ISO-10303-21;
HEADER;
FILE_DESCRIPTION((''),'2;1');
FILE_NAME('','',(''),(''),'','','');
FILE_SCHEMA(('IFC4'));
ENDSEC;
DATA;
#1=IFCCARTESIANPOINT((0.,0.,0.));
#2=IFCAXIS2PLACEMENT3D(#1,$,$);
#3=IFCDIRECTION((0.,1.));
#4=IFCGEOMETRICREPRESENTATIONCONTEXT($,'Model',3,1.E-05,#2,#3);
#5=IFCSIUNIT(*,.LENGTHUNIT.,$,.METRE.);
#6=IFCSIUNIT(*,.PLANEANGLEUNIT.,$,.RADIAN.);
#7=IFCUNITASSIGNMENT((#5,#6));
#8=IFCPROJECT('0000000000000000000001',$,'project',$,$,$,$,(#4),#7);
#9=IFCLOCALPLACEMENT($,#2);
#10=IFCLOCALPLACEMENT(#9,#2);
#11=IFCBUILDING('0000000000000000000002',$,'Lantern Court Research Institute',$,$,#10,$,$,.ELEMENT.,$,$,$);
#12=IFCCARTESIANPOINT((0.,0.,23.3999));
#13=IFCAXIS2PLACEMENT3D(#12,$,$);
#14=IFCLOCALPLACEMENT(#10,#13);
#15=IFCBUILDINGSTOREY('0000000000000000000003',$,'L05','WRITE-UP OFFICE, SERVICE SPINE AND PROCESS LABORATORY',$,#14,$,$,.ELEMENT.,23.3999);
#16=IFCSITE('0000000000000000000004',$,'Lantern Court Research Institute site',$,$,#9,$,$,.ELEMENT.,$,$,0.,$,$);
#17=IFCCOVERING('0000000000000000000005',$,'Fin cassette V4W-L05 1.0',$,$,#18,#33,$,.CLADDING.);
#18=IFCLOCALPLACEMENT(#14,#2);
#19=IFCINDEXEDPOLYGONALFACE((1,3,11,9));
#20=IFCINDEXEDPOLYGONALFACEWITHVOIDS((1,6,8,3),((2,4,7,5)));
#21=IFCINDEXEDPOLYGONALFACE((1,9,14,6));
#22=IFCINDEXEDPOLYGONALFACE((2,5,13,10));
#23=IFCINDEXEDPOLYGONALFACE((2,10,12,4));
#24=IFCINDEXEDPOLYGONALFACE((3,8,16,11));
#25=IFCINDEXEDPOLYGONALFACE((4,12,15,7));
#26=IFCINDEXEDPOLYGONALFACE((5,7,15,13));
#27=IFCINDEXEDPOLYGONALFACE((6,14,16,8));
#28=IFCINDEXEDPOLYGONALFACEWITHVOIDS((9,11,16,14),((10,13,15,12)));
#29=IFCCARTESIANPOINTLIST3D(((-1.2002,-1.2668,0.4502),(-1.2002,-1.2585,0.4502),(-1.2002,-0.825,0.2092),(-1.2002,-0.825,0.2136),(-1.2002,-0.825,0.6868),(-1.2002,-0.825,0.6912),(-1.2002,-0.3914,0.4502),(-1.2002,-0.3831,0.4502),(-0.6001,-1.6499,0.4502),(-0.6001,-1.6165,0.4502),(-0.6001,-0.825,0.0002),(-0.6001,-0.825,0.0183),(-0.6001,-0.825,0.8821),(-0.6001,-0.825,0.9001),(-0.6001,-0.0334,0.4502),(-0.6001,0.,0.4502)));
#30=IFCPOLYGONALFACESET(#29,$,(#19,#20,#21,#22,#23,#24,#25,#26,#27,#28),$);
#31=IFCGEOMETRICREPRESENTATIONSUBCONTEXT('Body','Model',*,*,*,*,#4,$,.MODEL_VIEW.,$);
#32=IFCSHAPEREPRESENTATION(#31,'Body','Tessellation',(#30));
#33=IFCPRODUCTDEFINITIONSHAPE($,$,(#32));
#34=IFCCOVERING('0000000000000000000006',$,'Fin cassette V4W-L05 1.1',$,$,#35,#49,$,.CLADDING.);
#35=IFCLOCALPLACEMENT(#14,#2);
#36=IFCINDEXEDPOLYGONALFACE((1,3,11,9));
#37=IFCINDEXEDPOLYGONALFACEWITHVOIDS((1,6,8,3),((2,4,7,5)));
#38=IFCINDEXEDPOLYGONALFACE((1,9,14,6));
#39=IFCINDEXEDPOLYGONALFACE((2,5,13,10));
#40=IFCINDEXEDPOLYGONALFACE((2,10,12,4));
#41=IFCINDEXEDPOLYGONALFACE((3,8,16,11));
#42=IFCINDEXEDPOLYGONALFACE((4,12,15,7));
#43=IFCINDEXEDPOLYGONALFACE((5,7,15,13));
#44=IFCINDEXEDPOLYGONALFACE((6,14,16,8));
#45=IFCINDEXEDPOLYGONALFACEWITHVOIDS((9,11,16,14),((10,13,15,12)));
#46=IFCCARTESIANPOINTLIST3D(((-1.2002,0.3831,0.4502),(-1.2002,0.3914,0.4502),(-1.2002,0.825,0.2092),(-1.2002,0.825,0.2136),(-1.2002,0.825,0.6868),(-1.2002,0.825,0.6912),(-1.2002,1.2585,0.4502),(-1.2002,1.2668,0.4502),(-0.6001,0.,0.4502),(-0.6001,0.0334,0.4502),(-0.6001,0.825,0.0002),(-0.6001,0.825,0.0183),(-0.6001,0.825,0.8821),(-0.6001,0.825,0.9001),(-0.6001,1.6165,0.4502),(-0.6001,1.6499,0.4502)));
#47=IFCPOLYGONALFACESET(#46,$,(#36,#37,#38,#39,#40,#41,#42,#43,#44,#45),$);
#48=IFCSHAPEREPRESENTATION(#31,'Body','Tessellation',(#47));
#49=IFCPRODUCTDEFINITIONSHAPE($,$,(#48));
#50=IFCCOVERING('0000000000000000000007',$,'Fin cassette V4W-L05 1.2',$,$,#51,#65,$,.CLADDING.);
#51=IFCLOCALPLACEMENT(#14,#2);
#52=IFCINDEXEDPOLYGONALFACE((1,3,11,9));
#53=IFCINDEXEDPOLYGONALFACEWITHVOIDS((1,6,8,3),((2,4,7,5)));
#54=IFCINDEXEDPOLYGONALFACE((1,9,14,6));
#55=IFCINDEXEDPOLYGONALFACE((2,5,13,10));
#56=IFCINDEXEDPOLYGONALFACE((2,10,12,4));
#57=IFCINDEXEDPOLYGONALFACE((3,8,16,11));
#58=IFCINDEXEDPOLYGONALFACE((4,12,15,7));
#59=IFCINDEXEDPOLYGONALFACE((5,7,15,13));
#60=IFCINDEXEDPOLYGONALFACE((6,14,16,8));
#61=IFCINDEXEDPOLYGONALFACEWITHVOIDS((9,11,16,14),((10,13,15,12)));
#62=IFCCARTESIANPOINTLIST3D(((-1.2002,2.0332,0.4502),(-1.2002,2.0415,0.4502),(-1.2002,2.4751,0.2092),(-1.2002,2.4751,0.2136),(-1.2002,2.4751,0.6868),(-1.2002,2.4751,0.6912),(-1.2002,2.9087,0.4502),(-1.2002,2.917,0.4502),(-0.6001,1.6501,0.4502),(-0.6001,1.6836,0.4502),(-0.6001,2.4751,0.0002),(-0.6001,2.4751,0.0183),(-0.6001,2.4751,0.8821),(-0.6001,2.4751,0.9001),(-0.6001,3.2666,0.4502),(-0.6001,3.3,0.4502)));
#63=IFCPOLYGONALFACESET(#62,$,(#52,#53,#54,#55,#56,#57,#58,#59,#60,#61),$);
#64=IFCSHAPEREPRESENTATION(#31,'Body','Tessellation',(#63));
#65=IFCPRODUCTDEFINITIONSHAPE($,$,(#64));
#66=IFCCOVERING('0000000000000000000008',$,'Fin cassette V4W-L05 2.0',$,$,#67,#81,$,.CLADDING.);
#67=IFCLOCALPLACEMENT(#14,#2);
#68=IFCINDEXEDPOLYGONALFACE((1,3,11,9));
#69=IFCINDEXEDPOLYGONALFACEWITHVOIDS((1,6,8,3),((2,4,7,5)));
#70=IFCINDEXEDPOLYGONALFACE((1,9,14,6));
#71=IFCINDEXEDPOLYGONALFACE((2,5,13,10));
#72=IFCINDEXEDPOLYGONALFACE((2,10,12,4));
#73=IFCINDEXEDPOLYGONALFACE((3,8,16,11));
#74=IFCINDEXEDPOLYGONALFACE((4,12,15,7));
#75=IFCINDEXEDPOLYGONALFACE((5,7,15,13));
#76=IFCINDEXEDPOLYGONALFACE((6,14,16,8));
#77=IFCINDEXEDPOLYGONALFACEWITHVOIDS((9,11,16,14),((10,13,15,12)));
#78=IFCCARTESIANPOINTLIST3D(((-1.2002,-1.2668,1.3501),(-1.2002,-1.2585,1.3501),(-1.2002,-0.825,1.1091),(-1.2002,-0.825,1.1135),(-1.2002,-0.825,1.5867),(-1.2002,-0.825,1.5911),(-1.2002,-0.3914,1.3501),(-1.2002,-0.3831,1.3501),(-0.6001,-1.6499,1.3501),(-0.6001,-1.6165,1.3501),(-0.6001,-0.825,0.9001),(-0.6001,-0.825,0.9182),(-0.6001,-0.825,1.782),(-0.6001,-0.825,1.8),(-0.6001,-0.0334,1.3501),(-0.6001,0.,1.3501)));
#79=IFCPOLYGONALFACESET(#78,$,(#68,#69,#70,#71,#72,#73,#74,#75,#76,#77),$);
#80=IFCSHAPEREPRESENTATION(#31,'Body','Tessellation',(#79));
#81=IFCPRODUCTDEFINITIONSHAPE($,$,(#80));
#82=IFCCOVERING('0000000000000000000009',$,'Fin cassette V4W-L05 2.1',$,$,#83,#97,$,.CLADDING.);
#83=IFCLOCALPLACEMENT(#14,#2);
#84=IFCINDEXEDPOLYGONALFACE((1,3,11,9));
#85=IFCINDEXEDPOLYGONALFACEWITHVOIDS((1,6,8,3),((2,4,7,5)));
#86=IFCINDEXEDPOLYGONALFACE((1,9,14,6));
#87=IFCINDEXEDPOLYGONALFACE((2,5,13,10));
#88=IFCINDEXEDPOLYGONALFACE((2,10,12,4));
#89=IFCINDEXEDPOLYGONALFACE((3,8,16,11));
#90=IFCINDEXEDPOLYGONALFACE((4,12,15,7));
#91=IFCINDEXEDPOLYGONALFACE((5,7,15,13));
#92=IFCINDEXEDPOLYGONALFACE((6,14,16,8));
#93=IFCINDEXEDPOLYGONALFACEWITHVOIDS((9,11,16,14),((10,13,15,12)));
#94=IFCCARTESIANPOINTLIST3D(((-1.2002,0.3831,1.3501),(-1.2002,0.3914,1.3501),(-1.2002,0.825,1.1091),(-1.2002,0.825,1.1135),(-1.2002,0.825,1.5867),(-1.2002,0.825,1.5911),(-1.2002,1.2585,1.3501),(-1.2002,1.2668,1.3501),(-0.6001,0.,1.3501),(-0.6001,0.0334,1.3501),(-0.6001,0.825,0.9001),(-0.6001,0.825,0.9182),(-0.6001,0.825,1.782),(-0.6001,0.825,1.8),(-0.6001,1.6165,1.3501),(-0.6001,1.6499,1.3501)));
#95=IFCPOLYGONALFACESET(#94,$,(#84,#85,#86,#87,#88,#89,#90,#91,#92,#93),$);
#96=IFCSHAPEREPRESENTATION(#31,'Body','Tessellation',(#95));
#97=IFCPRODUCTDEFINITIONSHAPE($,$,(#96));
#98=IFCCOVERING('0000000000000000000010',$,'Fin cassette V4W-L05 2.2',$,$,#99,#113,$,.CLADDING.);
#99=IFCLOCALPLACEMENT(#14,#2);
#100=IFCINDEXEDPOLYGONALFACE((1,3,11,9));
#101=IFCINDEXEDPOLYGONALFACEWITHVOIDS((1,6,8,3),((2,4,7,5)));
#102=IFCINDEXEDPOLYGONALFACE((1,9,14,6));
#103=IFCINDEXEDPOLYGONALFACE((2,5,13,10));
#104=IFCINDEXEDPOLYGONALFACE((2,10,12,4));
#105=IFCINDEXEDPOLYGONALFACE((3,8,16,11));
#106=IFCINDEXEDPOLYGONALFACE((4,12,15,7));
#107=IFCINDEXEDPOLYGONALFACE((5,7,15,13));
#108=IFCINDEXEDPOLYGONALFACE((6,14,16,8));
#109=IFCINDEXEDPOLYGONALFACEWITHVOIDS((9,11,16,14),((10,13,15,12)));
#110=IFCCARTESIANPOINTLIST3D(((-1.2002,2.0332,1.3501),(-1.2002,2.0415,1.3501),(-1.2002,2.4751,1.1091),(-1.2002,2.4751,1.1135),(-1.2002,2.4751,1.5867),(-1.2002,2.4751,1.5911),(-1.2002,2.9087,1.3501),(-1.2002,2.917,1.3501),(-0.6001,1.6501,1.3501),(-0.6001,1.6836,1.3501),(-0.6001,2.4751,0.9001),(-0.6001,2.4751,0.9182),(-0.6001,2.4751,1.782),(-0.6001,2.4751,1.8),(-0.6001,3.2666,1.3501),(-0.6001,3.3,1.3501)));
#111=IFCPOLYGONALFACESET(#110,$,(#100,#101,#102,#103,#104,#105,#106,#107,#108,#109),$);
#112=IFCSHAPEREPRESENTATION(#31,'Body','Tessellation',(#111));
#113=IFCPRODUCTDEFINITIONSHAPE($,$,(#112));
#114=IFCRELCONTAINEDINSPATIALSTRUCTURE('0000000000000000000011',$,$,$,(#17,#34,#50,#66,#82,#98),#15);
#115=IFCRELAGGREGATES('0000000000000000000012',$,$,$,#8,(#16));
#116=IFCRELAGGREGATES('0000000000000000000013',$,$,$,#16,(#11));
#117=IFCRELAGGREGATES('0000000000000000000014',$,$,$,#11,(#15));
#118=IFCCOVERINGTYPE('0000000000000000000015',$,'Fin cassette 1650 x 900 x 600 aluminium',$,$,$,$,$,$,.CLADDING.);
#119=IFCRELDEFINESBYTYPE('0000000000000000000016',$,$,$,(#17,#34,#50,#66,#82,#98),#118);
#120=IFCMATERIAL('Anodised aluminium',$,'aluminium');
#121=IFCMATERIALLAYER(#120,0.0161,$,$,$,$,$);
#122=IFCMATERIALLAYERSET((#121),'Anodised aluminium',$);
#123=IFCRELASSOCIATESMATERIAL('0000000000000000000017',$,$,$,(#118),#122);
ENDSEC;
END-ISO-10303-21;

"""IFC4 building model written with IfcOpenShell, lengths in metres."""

from ifc_helpers import new_model, entity, si_unit, direction, frame, origin, place, context, subcontext, project, spatial, material, layer, layer_set, type_object, element, save


model = new_model("IFC4")

# Units and contexts
model_context = context("Model", 3, precision=1e-05, world=origin(), true_north=direction((0.0, 1.0)))
body_context = subcontext(model_context, "Body", "Model", "MODEL_VIEW")
ifc_project = project(units=[si_unit("LENGTHUNIT", "METRE"), si_unit("PLANEANGLEUNIT", "RADIAN")], contexts=[model_context])

# Site, building, storey
site_placement = place(None, origin())
site = spatial("IfcSite", under=ifc_project, at=site_placement, Name="Lantern Court Research Institute site", CompositionType="ELEMENT", RefElevation=0.0)
building_placement = place(site_placement, origin())
building = spatial("IfcBuilding", under=site, at=building_placement, Name="Lantern Court Research Institute", CompositionType="ELEMENT")
storey_placement = place(building_placement, frame((0.0, 0.0, 23.3999)))
storey = spatial("IfcBuildingStorey", under=building, at=storey_placement, Name="L05", Description="WRITE-UP OFFICE, SERVICE SPINE AND PROCESS LABORATORY", CompositionType="ELEMENT", Elevation=23.3999)

# Coverings
ifc_material_1 = material(Name="Anodised aluminium", Category="aluminium")
ifc_layer_1 = layer(ifc_material_1, 0.0161)
ifc_layer_set_1 = layer_set([ifc_layer_1], Name="Anodised aluminium")
covering_type = type_object("IfcCoveringType", Name="Fin cassette 1650 x 900 x 600 aluminium", PredefinedType="CLADDING", material=ifc_layer_set_1)
covering_1_placement = place(storey_placement, frame((-0.6001, -0.825, 0.4502), z_axis=(-1.0, 0.0, 0.0), x_axis=(0.0, -1.0, 0.0)))
cartesian_point_1 = entity("IfcCartesianPoint", [0.825, 0.0])
cartesian_point_2 = entity("IfcCartesianPoint", [0.7915, 0.0])
cartesian_point_3 = entity("IfcCartesianPoint", [0.4419, 0.0])
cartesian_point_4 = entity("IfcCartesianPoint", [0.4336, 0.0])
element("IfcCovering", 1, at=covering_1_placement, inside=storey, type_object=covering_type, Name="Fin cassette V4W-L05 1.0", PredefinedType="CLADDING", context=body_context, shape_type="SweptSolid", body=[
    entity("IfcExtrudedAreaSolidTapered", entity("IfcArbitraryProfileDefWithVoids", "AREA", None, entity("IfcPolyline", [cartesian_point_1, entity("IfcCartesianPoint", [0.0, 0.45]), entity("IfcCartesianPoint", [-0.825, 0.0]), entity("IfcCartesianPoint", [0.0, -0.45]), cartesian_point_1]), [entity("IfcPolyline", [cartesian_point_2, entity("IfcCartesianPoint", [0.0, 0.4319]), entity("IfcCartesianPoint", [-0.7915, 0.0]), entity("IfcCartesianPoint", [0.0, -0.4319]), cartesian_point_2])]), entity("IfcAxis2Placement3D", entity("IfcCartesianPoint", [0.0, 0.0, 0.0])), entity("IfcDirection", [0.0, 0.0, 1.0]), 0.6001, entity("IfcArbitraryProfileDefWithVoids", "AREA", None, entity("IfcPolyline", [cartesian_point_3, entity("IfcCartesianPoint", [0.0, 0.241]), entity("IfcCartesianPoint", [-0.4419, 0.0]), entity("IfcCartesianPoint", [0.0, -0.241]), cartesian_point_3]), [entity("IfcPolyline", [cartesian_point_4, entity("IfcCartesianPoint", [0.0, 0.2366]), entity("IfcCartesianPoint", [-0.4336, 0.0]), entity("IfcCartesianPoint", [0.0, -0.2366]), cartesian_point_4])])),
])
covering_2_placement = place(storey_placement, frame((-0.6001, 0.825, 0.4502), z_axis=(-1.0, 0.0, 0.0), x_axis=(0.0, -1.0, 0.0)))
cartesian_point_5 = entity("IfcCartesianPoint", [0.825, 0.0])
cartesian_point_6 = entity("IfcCartesianPoint", [0.7915, 0.0])
cartesian_point_7 = entity("IfcCartesianPoint", [0.4419, 0.0])
cartesian_point_8 = entity("IfcCartesianPoint", [0.4336, 0.0])
element("IfcCovering", 2, at=covering_2_placement, inside=storey, type_object=covering_type, Name="Fin cassette V4W-L05 1.1", PredefinedType="CLADDING", context=body_context, shape_type="SweptSolid", body=[
    entity("IfcExtrudedAreaSolidTapered", entity("IfcArbitraryProfileDefWithVoids", "AREA", None, entity("IfcPolyline", [cartesian_point_5, entity("IfcCartesianPoint", [0.0, 0.45]), entity("IfcCartesianPoint", [-0.825, 0.0]), entity("IfcCartesianPoint", [0.0, -0.45]), cartesian_point_5]), [entity("IfcPolyline", [cartesian_point_6, entity("IfcCartesianPoint", [0.0, 0.4319]), entity("IfcCartesianPoint", [-0.7915, 0.0]), entity("IfcCartesianPoint", [0.0, -0.4319]), cartesian_point_6])]), entity("IfcAxis2Placement3D", entity("IfcCartesianPoint", [0.0, 0.0, 0.0])), entity("IfcDirection", [0.0, 0.0, 1.0]), 0.6001, entity("IfcArbitraryProfileDefWithVoids", "AREA", None, entity("IfcPolyline", [cartesian_point_7, entity("IfcCartesianPoint", [0.0, 0.241]), entity("IfcCartesianPoint", [-0.4419, 0.0]), entity("IfcCartesianPoint", [0.0, -0.241]), cartesian_point_7]), [entity("IfcPolyline", [cartesian_point_8, entity("IfcCartesianPoint", [0.0, 0.2366]), entity("IfcCartesianPoint", [-0.4336, 0.0]), entity("IfcCartesianPoint", [0.0, -0.2366]), cartesian_point_8])])),
])
covering_3_placement = place(storey_placement, frame((-0.6001, 2.4751, 0.4502), z_axis=(-1.0, 0.0, 0.0), x_axis=(0.0, -1.0, 0.0)))
cartesian_point_9 = entity("IfcCartesianPoint", [0.825, 0.0])
cartesian_point_10 = entity("IfcCartesianPoint", [0.7915, 0.0])
cartesian_point_11 = entity("IfcCartesianPoint", [0.4419, 0.0])
cartesian_point_12 = entity("IfcCartesianPoint", [0.4336, 0.0])
element("IfcCovering", 3, at=covering_3_placement, inside=storey, type_object=covering_type, Name="Fin cassette V4W-L05 1.2", PredefinedType="CLADDING", context=body_context, shape_type="SweptSolid", body=[
    entity("IfcExtrudedAreaSolidTapered", entity("IfcArbitraryProfileDefWithVoids", "AREA", None, entity("IfcPolyline", [cartesian_point_9, entity("IfcCartesianPoint", [0.0, 0.45]), entity("IfcCartesianPoint", [-0.825, 0.0]), entity("IfcCartesianPoint", [0.0, -0.45]), cartesian_point_9]), [entity("IfcPolyline", [cartesian_point_10, entity("IfcCartesianPoint", [0.0, 0.4319]), entity("IfcCartesianPoint", [-0.7915, 0.0]), entity("IfcCartesianPoint", [0.0, -0.4319]), cartesian_point_10])]), entity("IfcAxis2Placement3D", entity("IfcCartesianPoint", [0.0, 0.0, 0.0])), entity("IfcDirection", [0.0, 0.0, 1.0]), 0.6001, entity("IfcArbitraryProfileDefWithVoids", "AREA", None, entity("IfcPolyline", [cartesian_point_11, entity("IfcCartesianPoint", [0.0, 0.241]), entity("IfcCartesianPoint", [-0.4419, 0.0]), entity("IfcCartesianPoint", [0.0, -0.241]), cartesian_point_11]), [entity("IfcPolyline", [cartesian_point_12, entity("IfcCartesianPoint", [0.0, 0.2366]), entity("IfcCartesianPoint", [-0.4336, 0.0]), entity("IfcCartesianPoint", [0.0, -0.2366]), cartesian_point_12])])),
])
covering_4_placement = place(storey_placement, frame((-0.6001, -0.825, 1.3501), z_axis=(-1.0, 0.0, 0.0), x_axis=(0.0, -1.0, 0.0)))
cartesian_point_13 = entity("IfcCartesianPoint", [0.825, 0.0])
cartesian_point_14 = entity("IfcCartesianPoint", [0.7915, 0.0])
cartesian_point_15 = entity("IfcCartesianPoint", [0.4419, 0.0])
cartesian_point_16 = entity("IfcCartesianPoint", [0.4336, 0.0])
element("IfcCovering", 4, at=covering_4_placement, inside=storey, type_object=covering_type, Name="Fin cassette V4W-L05 2.0", PredefinedType="CLADDING", context=body_context, shape_type="SweptSolid", body=[
    entity("IfcExtrudedAreaSolidTapered", entity("IfcArbitraryProfileDefWithVoids", "AREA", None, entity("IfcPolyline", [cartesian_point_13, entity("IfcCartesianPoint", [0.0, 0.45]), entity("IfcCartesianPoint", [-0.825, 0.0]), entity("IfcCartesianPoint", [0.0, -0.45]), cartesian_point_13]), [entity("IfcPolyline", [cartesian_point_14, entity("IfcCartesianPoint", [0.0, 0.4319]), entity("IfcCartesianPoint", [-0.7915, 0.0]), entity("IfcCartesianPoint", [0.0, -0.4319]), cartesian_point_14])]), entity("IfcAxis2Placement3D", entity("IfcCartesianPoint", [0.0, 0.0, 0.0])), entity("IfcDirection", [0.0, 0.0, 1.0]), 0.6001, entity("IfcArbitraryProfileDefWithVoids", "AREA", None, entity("IfcPolyline", [cartesian_point_15, entity("IfcCartesianPoint", [0.0, 0.241]), entity("IfcCartesianPoint", [-0.4419, 0.0]), entity("IfcCartesianPoint", [0.0, -0.241]), cartesian_point_15]), [entity("IfcPolyline", [cartesian_point_16, entity("IfcCartesianPoint", [0.0, 0.2366]), entity("IfcCartesianPoint", [-0.4336, 0.0]), entity("IfcCartesianPoint", [0.0, -0.2366]), cartesian_point_16])])),
])
covering_5_placement = place(storey_placement, frame((-0.6001, 0.825, 1.3501), z_axis=(-1.0, 0.0, 0.0), x_axis=(0.0, -1.0, 0.0)))
cartesian_point_17 = entity("IfcCartesianPoint", [0.825, 0.0])
cartesian_point_18 = entity("IfcCartesianPoint", [0.7915, 0.0])
cartesian_point_19 = entity("IfcCartesianPoint", [0.4419, 0.0])
cartesian_point_20 = entity("IfcCartesianPoint", [0.4336, 0.0])
element("IfcCovering", 5, at=covering_5_placement, inside=storey, type_object=covering_type, Name="Fin cassette V4W-L05 2.1", PredefinedType="CLADDING", context=body_context, shape_type="SweptSolid", body=[
    entity("IfcExtrudedAreaSolidTapered", entity("IfcArbitraryProfileDefWithVoids", "AREA", None, entity("IfcPolyline", [cartesian_point_17, entity("IfcCartesianPoint", [0.0, 0.45]), entity("IfcCartesianPoint", [-0.825, 0.0]), entity("IfcCartesianPoint", [0.0, -0.45]), cartesian_point_17]), [entity("IfcPolyline", [cartesian_point_18, entity("IfcCartesianPoint", [0.0, 0.4319]), entity("IfcCartesianPoint", [-0.7915, 0.0]), entity("IfcCartesianPoint", [0.0, -0.4319]), cartesian_point_18])]), entity("IfcAxis2Placement3D", entity("IfcCartesianPoint", [0.0, 0.0, 0.0])), entity("IfcDirection", [0.0, 0.0, 1.0]), 0.6001, entity("IfcArbitraryProfileDefWithVoids", "AREA", None, entity("IfcPolyline", [cartesian_point_19, entity("IfcCartesianPoint", [0.0, 0.241]), entity("IfcCartesianPoint", [-0.4419, 0.0]), entity("IfcCartesianPoint", [0.0, -0.241]), cartesian_point_19]), [entity("IfcPolyline", [cartesian_point_20, entity("IfcCartesianPoint", [0.0, 0.2366]), entity("IfcCartesianPoint", [-0.4336, 0.0]), entity("IfcCartesianPoint", [0.0, -0.2366]), cartesian_point_20])])),
])
covering_6_placement = place(storey_placement, frame((-0.6001, 2.4751, 1.3501), z_axis=(-1.0, 0.0, 0.0), x_axis=(0.0, -1.0, 0.0)))
cartesian_point_21 = entity("IfcCartesianPoint", [0.825, 0.0])
cartesian_point_22 = entity("IfcCartesianPoint", [0.7915, 0.0])
cartesian_point_23 = entity("IfcCartesianPoint", [0.4419, 0.0])
cartesian_point_24 = entity("IfcCartesianPoint", [0.4336, 0.0])
element("IfcCovering", 6, at=covering_6_placement, inside=storey, type_object=covering_type, Name="Fin cassette V4W-L05 2.2", PredefinedType="CLADDING", context=body_context, shape_type="SweptSolid", body=[
    entity("IfcExtrudedAreaSolidTapered", entity("IfcArbitraryProfileDefWithVoids", "AREA", None, entity("IfcPolyline", [cartesian_point_21, entity("IfcCartesianPoint", [0.0, 0.45]), entity("IfcCartesianPoint", [-0.825, 0.0]), entity("IfcCartesianPoint", [0.0, -0.45]), cartesian_point_21]), [entity("IfcPolyline", [cartesian_point_22, entity("IfcCartesianPoint", [0.0, 0.4319]), entity("IfcCartesianPoint", [-0.7915, 0.0]), entity("IfcCartesianPoint", [0.0, -0.4319]), cartesian_point_22])]), entity("IfcAxis2Placement3D", entity("IfcCartesianPoint", [0.0, 0.0, 0.0])), entity("IfcDirection", [0.0, 0.0, 1.0]), 0.6001, entity("IfcArbitraryProfileDefWithVoids", "AREA", None, entity("IfcPolyline", [cartesian_point_23, entity("IfcCartesianPoint", [0.0, 0.241]), entity("IfcCartesianPoint", [-0.4419, 0.0]), entity("IfcCartesianPoint", [0.0, -0.241]), cartesian_point_23]), [entity("IfcPolyline", [cartesian_point_24, entity("IfcCartesianPoint", [0.0, 0.2366]), entity("IfcCartesianPoint", [-0.4336, 0.0]), entity("IfcCartesianPoint", [0.0, -0.2366]), cartesian_point_24])])),
])

save(model, "model.ifc")
